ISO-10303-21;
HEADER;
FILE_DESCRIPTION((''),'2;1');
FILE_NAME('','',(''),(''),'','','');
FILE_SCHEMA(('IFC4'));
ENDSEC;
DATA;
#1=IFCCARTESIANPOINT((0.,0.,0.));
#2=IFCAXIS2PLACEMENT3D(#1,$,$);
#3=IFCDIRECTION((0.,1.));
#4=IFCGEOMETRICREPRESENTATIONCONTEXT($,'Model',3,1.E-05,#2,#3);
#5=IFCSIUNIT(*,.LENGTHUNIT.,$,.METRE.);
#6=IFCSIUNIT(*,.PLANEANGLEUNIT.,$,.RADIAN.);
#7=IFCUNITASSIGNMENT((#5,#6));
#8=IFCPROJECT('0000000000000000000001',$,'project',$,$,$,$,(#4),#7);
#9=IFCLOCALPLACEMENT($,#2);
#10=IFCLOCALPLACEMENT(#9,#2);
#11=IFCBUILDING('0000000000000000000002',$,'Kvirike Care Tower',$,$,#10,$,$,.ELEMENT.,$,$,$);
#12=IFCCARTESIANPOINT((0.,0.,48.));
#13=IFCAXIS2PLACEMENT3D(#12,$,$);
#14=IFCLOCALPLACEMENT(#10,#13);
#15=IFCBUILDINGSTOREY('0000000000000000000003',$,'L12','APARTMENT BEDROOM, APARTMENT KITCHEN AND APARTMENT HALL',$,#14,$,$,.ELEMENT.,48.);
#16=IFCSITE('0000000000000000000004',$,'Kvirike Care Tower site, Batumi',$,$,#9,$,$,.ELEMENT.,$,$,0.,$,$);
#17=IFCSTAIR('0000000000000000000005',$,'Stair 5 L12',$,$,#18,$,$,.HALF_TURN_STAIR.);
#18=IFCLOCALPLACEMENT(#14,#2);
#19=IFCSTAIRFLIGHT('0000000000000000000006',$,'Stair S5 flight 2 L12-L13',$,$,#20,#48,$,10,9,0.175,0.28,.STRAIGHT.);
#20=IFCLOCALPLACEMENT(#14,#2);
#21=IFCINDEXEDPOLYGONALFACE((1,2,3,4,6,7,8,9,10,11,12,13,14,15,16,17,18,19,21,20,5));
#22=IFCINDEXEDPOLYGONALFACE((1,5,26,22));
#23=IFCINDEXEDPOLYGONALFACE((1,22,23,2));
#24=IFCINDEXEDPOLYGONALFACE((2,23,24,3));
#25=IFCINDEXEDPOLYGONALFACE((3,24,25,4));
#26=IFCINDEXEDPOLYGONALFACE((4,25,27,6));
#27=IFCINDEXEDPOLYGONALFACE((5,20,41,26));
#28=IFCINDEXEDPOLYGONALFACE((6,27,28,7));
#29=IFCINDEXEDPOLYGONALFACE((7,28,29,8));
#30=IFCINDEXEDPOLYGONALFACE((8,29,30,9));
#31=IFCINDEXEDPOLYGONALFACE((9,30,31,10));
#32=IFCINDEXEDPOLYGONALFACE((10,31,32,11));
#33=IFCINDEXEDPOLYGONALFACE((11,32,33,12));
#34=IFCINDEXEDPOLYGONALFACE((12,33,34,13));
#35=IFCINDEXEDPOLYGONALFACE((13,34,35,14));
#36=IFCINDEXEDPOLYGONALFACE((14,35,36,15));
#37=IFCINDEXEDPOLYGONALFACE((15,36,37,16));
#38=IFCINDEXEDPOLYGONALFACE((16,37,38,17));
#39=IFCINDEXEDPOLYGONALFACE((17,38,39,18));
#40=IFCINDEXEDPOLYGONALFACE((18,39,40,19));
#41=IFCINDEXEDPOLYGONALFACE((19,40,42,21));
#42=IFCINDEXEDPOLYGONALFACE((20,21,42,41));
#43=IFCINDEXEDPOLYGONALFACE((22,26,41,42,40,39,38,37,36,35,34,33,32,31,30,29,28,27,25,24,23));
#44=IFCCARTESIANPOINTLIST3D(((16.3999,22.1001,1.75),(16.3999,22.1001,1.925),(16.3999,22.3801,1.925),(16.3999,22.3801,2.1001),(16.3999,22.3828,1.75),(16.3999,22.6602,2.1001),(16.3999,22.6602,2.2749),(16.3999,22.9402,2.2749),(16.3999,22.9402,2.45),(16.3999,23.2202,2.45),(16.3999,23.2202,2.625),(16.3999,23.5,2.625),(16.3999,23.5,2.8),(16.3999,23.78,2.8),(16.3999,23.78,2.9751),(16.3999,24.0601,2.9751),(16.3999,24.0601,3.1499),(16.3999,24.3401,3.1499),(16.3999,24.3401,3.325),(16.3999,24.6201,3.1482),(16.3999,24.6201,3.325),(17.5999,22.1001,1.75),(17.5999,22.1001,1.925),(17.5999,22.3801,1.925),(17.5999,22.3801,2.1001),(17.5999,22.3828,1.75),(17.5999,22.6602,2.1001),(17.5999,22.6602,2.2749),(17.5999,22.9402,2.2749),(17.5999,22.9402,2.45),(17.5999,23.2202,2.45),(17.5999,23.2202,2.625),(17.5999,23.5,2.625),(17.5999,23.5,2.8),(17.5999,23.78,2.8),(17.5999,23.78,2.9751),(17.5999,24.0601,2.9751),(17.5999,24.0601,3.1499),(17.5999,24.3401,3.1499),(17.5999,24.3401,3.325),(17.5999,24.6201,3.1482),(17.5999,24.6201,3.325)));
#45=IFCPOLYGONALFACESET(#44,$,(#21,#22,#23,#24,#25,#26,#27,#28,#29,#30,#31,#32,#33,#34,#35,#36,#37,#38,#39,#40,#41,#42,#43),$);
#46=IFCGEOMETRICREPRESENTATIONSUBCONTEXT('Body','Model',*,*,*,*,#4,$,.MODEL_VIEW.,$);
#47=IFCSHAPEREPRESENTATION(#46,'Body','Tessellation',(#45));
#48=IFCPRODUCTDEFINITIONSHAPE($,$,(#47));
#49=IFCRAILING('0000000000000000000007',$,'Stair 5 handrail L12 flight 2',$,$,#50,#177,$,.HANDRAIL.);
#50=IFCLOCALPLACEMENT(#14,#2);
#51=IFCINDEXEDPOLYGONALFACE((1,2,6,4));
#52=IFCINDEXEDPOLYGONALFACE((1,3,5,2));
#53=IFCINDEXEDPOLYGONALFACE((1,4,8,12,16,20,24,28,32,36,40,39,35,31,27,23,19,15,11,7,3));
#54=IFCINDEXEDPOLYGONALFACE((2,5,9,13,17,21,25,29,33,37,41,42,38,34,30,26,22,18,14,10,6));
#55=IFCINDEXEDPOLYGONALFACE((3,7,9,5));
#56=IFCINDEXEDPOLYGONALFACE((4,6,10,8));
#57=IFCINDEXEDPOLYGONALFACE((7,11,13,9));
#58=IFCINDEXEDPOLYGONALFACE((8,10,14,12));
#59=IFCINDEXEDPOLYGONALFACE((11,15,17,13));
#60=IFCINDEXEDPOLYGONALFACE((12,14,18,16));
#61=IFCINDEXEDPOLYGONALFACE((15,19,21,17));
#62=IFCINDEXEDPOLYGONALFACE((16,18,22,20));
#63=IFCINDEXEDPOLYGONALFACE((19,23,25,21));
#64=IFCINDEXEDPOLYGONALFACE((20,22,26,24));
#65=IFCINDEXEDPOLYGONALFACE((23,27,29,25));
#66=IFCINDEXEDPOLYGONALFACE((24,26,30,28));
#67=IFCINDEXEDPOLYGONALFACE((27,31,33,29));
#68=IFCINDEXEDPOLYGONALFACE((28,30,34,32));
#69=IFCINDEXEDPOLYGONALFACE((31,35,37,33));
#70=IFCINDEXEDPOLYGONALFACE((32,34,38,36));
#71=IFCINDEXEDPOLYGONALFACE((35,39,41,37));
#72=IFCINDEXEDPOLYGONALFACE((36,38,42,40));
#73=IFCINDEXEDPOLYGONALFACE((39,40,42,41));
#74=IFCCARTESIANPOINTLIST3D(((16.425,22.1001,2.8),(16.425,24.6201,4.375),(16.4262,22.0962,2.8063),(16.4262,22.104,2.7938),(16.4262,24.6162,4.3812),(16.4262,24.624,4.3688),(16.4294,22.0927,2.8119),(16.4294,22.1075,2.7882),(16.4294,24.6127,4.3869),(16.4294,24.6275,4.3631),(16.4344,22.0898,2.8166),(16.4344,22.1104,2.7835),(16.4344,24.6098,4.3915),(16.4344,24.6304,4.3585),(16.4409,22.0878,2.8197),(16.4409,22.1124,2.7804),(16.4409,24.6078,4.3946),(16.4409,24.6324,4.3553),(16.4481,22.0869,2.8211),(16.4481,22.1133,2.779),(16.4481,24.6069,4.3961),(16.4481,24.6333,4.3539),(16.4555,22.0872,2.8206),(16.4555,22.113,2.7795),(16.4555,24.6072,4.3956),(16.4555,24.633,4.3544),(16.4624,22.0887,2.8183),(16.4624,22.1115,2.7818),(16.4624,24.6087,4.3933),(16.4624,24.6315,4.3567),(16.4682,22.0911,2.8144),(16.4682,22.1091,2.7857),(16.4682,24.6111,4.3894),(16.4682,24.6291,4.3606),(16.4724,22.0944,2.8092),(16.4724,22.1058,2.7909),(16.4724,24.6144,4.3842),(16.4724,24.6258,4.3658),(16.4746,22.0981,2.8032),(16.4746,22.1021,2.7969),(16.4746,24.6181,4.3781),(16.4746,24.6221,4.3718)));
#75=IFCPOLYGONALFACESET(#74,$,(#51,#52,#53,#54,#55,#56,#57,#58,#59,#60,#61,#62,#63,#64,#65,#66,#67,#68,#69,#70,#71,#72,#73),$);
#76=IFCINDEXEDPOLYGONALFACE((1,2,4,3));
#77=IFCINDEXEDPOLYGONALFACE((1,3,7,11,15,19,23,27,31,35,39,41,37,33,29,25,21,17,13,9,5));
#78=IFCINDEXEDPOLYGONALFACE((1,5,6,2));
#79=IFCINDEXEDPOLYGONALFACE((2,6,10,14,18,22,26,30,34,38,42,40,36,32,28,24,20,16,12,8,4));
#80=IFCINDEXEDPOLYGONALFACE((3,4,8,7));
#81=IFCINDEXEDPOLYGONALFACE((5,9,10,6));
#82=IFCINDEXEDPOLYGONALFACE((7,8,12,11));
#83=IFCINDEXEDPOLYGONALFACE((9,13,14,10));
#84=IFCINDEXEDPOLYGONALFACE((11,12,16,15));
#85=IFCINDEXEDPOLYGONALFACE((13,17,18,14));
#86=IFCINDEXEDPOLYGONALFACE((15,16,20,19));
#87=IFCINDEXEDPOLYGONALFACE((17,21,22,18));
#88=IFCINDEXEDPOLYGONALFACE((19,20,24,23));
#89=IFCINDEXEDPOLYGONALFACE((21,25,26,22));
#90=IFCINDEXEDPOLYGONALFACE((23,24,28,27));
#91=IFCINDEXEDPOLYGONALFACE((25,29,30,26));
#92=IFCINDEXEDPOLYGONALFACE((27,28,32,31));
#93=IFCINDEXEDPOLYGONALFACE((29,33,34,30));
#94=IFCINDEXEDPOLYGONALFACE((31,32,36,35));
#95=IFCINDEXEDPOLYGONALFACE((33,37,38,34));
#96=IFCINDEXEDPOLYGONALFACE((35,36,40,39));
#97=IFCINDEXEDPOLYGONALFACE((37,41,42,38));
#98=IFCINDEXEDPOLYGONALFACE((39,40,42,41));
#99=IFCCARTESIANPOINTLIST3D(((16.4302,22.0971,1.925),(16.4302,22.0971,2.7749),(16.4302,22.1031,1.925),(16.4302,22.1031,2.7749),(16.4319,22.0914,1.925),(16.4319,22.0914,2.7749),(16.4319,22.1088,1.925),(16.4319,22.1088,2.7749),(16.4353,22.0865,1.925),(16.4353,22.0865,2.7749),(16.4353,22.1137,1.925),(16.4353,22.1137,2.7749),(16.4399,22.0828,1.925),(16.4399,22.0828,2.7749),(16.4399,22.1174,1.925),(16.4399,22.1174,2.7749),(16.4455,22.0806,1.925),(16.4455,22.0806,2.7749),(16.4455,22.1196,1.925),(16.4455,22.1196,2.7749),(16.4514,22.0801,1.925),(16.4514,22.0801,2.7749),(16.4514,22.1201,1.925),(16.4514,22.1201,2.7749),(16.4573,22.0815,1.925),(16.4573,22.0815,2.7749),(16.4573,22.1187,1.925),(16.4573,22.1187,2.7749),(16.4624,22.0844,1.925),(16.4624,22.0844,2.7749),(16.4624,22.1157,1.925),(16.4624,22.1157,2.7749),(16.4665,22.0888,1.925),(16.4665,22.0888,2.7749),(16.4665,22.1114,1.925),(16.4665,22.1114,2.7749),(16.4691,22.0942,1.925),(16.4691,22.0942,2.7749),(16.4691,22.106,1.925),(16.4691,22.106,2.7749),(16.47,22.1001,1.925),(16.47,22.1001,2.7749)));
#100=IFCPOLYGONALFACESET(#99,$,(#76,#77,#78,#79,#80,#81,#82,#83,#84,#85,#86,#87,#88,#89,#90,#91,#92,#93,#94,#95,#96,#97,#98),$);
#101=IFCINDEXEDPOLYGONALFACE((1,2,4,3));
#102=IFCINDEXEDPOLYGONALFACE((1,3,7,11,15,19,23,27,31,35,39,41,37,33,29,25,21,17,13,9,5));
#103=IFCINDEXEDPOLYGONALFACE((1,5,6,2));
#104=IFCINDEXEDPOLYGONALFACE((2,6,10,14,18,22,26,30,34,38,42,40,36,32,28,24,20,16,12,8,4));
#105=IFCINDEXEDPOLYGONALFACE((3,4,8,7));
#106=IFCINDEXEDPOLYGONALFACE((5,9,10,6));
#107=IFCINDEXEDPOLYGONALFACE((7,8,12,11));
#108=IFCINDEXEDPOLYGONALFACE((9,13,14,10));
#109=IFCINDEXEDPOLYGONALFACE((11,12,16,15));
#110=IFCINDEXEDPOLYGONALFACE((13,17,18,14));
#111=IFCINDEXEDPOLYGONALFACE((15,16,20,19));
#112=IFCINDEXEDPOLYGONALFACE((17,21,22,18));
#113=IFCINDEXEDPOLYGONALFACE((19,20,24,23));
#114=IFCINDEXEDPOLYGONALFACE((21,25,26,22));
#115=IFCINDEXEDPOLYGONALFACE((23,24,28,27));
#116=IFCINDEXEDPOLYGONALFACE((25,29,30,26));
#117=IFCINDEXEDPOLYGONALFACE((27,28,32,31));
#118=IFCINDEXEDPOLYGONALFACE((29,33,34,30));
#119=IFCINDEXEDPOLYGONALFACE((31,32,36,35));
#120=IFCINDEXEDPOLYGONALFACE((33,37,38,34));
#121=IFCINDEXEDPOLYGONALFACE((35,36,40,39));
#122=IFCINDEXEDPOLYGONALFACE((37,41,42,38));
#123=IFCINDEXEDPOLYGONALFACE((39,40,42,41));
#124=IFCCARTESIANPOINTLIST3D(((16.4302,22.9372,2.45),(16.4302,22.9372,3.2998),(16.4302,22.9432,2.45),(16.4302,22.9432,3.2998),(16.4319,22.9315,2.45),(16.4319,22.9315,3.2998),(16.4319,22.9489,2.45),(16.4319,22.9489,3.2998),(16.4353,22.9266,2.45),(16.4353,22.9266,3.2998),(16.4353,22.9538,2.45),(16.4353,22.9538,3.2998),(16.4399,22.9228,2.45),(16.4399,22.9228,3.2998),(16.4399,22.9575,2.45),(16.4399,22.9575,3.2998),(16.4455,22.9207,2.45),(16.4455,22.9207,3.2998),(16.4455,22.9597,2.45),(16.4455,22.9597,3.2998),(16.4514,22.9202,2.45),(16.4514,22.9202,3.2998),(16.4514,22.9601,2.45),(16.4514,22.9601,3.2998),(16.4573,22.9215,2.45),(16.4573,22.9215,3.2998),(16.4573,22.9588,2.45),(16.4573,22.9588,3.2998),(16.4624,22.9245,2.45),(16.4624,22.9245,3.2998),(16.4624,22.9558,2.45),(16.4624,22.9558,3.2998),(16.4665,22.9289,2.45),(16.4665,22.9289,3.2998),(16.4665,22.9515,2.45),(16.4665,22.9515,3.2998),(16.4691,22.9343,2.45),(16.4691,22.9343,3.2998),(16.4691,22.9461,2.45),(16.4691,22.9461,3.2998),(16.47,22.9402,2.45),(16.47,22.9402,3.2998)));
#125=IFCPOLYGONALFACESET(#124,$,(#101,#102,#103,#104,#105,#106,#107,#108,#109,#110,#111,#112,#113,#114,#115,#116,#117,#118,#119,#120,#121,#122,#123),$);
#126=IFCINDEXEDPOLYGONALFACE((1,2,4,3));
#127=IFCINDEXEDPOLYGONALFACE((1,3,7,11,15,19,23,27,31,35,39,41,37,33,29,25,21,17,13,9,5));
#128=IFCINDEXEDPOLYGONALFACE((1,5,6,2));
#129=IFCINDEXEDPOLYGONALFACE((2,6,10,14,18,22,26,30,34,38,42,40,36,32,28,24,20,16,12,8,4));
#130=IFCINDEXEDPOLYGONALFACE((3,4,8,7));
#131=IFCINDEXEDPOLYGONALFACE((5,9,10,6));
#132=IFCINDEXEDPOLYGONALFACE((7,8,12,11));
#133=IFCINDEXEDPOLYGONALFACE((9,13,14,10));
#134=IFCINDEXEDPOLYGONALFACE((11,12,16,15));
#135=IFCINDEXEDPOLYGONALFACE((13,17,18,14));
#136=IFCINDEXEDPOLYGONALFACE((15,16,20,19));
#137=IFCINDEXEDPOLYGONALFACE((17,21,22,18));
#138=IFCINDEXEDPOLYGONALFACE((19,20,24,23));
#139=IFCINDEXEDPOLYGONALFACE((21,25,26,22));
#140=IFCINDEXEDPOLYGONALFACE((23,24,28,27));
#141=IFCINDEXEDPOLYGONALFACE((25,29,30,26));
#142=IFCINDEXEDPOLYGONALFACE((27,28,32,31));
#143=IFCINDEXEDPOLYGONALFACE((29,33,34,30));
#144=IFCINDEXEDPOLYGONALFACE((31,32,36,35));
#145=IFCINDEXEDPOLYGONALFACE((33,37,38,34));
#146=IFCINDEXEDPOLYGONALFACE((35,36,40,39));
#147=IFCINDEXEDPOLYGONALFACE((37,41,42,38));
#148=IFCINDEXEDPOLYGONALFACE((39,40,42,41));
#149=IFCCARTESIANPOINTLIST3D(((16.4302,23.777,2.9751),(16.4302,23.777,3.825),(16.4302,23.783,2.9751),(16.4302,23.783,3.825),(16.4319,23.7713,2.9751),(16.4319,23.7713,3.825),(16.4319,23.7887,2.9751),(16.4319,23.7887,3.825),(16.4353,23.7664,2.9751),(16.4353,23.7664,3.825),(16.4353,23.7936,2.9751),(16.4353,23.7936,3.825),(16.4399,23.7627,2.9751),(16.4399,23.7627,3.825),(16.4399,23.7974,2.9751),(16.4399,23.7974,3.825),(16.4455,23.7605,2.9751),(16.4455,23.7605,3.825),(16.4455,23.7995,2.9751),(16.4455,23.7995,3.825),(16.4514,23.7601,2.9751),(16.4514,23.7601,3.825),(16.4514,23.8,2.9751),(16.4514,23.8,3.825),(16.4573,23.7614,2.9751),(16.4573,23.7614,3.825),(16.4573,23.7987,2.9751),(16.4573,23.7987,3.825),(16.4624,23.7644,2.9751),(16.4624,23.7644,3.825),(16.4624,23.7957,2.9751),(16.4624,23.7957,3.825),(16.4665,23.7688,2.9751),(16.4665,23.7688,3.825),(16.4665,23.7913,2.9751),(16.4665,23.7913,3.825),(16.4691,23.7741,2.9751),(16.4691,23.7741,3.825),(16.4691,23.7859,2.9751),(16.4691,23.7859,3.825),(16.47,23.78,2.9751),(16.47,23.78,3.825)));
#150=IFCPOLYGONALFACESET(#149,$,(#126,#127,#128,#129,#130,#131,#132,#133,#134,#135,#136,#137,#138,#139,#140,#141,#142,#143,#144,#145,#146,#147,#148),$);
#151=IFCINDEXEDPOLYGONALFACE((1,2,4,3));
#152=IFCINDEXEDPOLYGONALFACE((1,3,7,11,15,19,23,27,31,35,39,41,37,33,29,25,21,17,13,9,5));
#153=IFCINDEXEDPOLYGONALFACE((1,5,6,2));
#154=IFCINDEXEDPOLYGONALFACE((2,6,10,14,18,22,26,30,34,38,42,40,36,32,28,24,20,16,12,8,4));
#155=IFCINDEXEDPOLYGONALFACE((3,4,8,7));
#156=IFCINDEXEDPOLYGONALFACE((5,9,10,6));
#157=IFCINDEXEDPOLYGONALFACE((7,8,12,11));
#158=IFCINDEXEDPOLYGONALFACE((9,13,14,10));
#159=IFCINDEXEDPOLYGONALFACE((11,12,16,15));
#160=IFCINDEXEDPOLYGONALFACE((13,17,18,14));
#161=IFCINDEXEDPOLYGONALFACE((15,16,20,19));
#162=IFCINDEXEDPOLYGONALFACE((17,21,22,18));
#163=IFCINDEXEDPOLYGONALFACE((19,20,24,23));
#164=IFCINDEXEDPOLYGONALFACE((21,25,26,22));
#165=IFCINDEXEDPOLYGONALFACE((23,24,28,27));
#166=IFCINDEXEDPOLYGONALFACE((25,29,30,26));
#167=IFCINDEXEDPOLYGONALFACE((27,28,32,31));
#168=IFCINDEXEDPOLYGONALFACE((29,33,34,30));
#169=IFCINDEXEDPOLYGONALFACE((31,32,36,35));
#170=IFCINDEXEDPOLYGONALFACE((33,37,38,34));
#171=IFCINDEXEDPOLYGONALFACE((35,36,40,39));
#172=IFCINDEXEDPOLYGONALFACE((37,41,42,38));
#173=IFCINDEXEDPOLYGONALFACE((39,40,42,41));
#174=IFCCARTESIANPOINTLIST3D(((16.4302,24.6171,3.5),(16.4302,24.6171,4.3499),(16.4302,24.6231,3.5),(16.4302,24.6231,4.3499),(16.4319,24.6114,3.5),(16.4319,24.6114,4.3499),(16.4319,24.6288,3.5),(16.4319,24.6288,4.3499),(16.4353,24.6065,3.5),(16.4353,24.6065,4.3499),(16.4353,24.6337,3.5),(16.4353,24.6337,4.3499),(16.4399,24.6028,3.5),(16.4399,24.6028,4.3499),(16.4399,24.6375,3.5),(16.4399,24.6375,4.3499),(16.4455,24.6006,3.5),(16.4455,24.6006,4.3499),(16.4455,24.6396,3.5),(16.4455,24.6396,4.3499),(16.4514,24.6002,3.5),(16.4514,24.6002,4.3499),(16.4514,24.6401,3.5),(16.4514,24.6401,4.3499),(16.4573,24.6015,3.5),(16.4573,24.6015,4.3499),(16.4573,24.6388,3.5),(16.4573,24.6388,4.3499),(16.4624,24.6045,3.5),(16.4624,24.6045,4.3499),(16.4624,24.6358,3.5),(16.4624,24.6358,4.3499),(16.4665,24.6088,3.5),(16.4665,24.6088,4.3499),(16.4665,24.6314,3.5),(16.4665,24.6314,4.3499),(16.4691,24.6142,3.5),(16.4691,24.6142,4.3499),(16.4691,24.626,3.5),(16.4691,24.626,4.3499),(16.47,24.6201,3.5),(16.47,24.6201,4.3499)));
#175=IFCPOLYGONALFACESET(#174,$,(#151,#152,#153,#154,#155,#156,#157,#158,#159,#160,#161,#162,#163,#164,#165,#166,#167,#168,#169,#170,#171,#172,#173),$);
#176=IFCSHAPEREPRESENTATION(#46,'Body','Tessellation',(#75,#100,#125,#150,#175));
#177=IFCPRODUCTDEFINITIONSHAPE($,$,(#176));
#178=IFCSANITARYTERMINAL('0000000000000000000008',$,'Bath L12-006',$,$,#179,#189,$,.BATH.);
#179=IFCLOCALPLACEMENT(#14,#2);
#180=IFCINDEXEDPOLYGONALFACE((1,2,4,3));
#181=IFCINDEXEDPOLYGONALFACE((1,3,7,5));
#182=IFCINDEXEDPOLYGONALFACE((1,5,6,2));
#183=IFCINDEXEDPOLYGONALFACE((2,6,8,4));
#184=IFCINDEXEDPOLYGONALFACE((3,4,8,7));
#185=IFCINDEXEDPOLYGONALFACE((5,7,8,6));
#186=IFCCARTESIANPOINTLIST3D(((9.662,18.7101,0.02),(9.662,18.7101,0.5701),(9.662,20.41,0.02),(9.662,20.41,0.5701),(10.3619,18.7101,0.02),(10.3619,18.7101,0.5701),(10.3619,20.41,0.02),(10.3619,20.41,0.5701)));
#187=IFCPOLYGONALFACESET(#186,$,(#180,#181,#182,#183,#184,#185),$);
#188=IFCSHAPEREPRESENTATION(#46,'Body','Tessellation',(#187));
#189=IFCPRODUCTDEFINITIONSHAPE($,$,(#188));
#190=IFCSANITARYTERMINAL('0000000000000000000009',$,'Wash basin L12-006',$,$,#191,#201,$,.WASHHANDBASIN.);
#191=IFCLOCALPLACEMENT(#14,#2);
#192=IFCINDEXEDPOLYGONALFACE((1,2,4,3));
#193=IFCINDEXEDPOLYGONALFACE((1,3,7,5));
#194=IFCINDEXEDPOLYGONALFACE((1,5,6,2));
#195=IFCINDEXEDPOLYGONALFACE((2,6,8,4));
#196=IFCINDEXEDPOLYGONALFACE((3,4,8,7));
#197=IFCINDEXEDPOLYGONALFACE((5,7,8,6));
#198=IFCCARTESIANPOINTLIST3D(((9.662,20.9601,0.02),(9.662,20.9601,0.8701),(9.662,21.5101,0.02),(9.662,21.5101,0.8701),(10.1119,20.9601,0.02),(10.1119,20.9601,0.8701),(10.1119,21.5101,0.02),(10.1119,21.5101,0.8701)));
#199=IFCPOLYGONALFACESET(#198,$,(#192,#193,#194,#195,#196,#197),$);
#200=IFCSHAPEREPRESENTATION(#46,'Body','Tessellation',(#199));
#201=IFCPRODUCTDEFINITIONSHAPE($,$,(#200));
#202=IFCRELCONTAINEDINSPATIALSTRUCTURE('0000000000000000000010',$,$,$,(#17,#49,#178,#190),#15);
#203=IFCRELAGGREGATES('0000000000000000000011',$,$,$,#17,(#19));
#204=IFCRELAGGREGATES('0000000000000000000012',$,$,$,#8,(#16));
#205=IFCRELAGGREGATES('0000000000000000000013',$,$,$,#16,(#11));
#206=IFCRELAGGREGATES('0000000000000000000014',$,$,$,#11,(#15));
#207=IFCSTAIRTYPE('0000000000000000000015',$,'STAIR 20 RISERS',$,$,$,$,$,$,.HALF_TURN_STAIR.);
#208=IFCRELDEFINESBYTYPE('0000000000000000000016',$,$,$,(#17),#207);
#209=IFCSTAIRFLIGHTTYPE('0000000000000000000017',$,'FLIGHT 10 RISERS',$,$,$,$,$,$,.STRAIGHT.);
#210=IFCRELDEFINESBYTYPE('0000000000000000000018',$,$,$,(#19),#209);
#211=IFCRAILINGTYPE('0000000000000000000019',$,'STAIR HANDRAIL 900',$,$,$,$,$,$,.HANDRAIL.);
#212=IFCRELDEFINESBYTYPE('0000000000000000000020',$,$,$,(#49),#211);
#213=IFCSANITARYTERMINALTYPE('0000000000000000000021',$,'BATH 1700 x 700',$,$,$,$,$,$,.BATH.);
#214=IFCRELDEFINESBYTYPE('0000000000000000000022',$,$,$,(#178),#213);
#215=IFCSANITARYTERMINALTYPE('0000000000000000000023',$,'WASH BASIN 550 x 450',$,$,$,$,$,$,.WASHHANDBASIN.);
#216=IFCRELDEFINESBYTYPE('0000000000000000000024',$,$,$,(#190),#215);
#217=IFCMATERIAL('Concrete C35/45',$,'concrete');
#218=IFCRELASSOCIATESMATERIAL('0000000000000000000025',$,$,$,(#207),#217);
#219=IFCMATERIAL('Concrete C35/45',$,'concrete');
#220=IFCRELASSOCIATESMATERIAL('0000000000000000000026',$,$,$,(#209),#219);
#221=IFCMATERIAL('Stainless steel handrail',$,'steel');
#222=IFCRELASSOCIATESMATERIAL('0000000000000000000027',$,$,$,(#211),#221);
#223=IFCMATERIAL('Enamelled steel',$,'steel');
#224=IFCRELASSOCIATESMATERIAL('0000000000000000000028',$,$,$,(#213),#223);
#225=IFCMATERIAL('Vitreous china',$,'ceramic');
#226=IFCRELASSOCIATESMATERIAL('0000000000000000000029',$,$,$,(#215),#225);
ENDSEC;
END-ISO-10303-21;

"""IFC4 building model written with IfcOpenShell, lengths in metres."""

from ifc_helpers import new_model, si_unit, direction, frame, origin, origin_2d, place, context, subcontext, project, spatial, polyline, rectangle, circle, outline, extrude, material, type_object, element, aggregate, save


model = new_model("IFC4")

# Units and contexts
model_context = context("Model", 3, precision=1e-05, world=origin(), true_north=direction((0.0, 1.0)))
body_context = subcontext(model_context, "Body", "Model", "MODEL_VIEW")
ifc_project = project(units=[si_unit("LENGTHUNIT", "METRE"), si_unit("PLANEANGLEUNIT", "RADIAN")], contexts=[model_context])

# Site, building, storey
site_placement = place(None, origin())
site = spatial("IfcSite", under=ifc_project, at=site_placement, Name="Kvirike Care Tower site, Batumi", CompositionType="ELEMENT", RefElevation=0.0)
building_placement = place(site_placement, origin())
building = spatial("IfcBuilding", under=site, at=building_placement, Name="Kvirike Care Tower", CompositionType="ELEMENT")
storey_placement = place(building_placement, frame((0.0, 0.0, 48.0)))
storey = spatial("IfcBuildingStorey", under=building, at=storey_placement, Name="L12", Description="APARTMENT BEDROOM, APARTMENT KITCHEN AND APARTMENT HALL", CompositionType="ELEMENT", Elevation=48.0)

# Stair, stair flight
ifc_material_1 = material(Name="Concrete C35/45", Category="concrete")
stair_type = type_object("IfcStairType", Name="STAIR 20 RISERS", PredefinedType="HALF_TURN_STAIR", material=ifc_material_1)
stair_placement = place(storey_placement, origin())
stair = element("IfcStair", 1, at=stair_placement, inside=storey, type_object=stair_type, Name="Stair 5 L12", PredefinedType="HALF_TURN_STAIR")
ifc_material_2 = material(Name="Concrete C35/45", Category="concrete")
stair_flight_type = type_object("IfcStairFlightType", Name="FLIGHT 10 RISERS", PredefinedType="STRAIGHT", material=ifc_material_2)
stair_flight_placement = place(storey_placement, frame((17.0, 22.1001, 1.75), z_axis=(0.0, 0.0, 1.0), x_axis=(0.0, 1.0, 0.0)))
stair_flight = element("IfcStairFlight", 2, at=stair_flight_placement, type_object=stair_flight_type, Name="Stair S5 flight 2 L12-L13", NumberOfRisers=10, NumberOfTreads=9, PredefinedType="STRAIGHT", RiserHeight=0.175, TreadLength=0.28, context=body_context, shape_type="SweptSolid", body=[
    extrude(outline(polyline([(0.0, 0.0), (0.0, 0.175), (0.28, 0.175), (0.28, 0.3501), (0.5601, 0.3501), (0.5601, 0.5249), (0.8401, 0.5249), (0.8401, 0.7), (1.1201, 0.7), (1.1201, 0.875), (1.3999, 0.875), (1.3999, 1.05), (1.6799, 1.05), (1.6799, 1.2251), (1.96, 1.2251), (1.96, 1.3999), (2.24, 1.3999), (2.24, 1.575), (2.52, 1.575), (2.52, 1.75), (2.52, 1.3982), (0.2827, 0.0), (0.0, 0.0)])), frame((0.0, 0.6001, 0.0), z_axis=(0.0, -1.0, 0.0), x_axis=(1.0, 0.0, 0.0)), (0.0, 0.0, 1.0), 1.2),
])
aggregate(stair, [stair_flight])

# Railing
ifc_material_3 = material(Name="Stainless steel handrail", Category="steel")
railing_type = type_object("IfcRailingType", Name="STAIR HANDRAIL 900", PredefinedType="HANDRAIL", material=ifc_material_3)
railing_placement = place(storey_placement, frame((16.45, 22.1001, 1.925)))
element("IfcRailing", 3, at=railing_placement, inside=storey, type_object=railing_type, Name="Stair 5 handrail L12 flight 2", PredefinedType="HANDRAIL", context=body_context, shape_type="SweptSolid", body=[
    extrude(circle(Radius=0.0249, at=origin_2d()), frame((0.0, 0.0, 0.875), z_axis=(0.0, 0.848008, 0.529984), x_axis=(-1.0, 0.0, 0.0)), (0.0, 0.0, 1.0), 2.9717),
    extrude(circle(Radius=0.02, at=origin_2d()), origin(), (0.0, 0.0, 1.0), 0.8499),
    extrude(circle(Radius=0.02, at=origin_2d()), frame((0.0, 0.8401, 0.5249)), (0.0, 0.0, 1.0), 0.8499),
    extrude(circle(Radius=0.02, at=origin_2d()), frame((0.0, 1.6799, 1.05)), (0.0, 0.0, 1.0), 0.8499),
    extrude(circle(Radius=0.02, at=origin_2d()), frame((0.0, 2.52, 1.575)), (0.0, 0.0, 1.0), 0.8499),
])

# Sanitary terminals
ifc_material_4 = material(Name="Enamelled steel", Category="steel")
sanitary_terminal_type_1 = type_object("IfcSanitaryTerminalType", Name="BATH 1700 x 700", PredefinedType="BATH", material=ifc_material_4)
sanitary_terminal_1_placement = place(storey_placement, frame((10.012, 19.5601, 0.02), z_axis=(0.0, 0.0, 1.0), x_axis=(0.0, 1.0, 0.0)))
element("IfcSanitaryTerminal", 4, at=sanitary_terminal_1_placement, inside=storey, type_object=sanitary_terminal_type_1, Name="Bath L12-006", PredefinedType="BATH", context=body_context, shape_type="SweptSolid", body=[
    extrude(rectangle(XDim=1.7, YDim=0.7, at=origin_2d()), origin(), (0.0, 0.0, 1.0), 0.55),
])
ifc_material_5 = material(Name="Vitreous china", Category="ceramic")
sanitary_terminal_type_2 = type_object("IfcSanitaryTerminalType", Name="WASH BASIN 550 x 450", PredefinedType="WASHHANDBASIN", material=ifc_material_5)
sanitary_terminal_2_placement = place(storey_placement, frame((9.887, 21.2351, 0.02), z_axis=(0.0, 0.0, 1.0), x_axis=(0.0, 1.0, 0.0)))
element("IfcSanitaryTerminal", 5, at=sanitary_terminal_2_placement, inside=storey, type_object=sanitary_terminal_type_2, Name="Wash basin L12-006", PredefinedType="WASHHANDBASIN", context=body_context, shape_type="SweptSolid", body=[
    extrude(rectangle(XDim=0.55, YDim=0.45, at=origin_2d()), origin(), (0.0, 0.0, 1.0), 0.8501),
])

save(model, "model.ifc")
